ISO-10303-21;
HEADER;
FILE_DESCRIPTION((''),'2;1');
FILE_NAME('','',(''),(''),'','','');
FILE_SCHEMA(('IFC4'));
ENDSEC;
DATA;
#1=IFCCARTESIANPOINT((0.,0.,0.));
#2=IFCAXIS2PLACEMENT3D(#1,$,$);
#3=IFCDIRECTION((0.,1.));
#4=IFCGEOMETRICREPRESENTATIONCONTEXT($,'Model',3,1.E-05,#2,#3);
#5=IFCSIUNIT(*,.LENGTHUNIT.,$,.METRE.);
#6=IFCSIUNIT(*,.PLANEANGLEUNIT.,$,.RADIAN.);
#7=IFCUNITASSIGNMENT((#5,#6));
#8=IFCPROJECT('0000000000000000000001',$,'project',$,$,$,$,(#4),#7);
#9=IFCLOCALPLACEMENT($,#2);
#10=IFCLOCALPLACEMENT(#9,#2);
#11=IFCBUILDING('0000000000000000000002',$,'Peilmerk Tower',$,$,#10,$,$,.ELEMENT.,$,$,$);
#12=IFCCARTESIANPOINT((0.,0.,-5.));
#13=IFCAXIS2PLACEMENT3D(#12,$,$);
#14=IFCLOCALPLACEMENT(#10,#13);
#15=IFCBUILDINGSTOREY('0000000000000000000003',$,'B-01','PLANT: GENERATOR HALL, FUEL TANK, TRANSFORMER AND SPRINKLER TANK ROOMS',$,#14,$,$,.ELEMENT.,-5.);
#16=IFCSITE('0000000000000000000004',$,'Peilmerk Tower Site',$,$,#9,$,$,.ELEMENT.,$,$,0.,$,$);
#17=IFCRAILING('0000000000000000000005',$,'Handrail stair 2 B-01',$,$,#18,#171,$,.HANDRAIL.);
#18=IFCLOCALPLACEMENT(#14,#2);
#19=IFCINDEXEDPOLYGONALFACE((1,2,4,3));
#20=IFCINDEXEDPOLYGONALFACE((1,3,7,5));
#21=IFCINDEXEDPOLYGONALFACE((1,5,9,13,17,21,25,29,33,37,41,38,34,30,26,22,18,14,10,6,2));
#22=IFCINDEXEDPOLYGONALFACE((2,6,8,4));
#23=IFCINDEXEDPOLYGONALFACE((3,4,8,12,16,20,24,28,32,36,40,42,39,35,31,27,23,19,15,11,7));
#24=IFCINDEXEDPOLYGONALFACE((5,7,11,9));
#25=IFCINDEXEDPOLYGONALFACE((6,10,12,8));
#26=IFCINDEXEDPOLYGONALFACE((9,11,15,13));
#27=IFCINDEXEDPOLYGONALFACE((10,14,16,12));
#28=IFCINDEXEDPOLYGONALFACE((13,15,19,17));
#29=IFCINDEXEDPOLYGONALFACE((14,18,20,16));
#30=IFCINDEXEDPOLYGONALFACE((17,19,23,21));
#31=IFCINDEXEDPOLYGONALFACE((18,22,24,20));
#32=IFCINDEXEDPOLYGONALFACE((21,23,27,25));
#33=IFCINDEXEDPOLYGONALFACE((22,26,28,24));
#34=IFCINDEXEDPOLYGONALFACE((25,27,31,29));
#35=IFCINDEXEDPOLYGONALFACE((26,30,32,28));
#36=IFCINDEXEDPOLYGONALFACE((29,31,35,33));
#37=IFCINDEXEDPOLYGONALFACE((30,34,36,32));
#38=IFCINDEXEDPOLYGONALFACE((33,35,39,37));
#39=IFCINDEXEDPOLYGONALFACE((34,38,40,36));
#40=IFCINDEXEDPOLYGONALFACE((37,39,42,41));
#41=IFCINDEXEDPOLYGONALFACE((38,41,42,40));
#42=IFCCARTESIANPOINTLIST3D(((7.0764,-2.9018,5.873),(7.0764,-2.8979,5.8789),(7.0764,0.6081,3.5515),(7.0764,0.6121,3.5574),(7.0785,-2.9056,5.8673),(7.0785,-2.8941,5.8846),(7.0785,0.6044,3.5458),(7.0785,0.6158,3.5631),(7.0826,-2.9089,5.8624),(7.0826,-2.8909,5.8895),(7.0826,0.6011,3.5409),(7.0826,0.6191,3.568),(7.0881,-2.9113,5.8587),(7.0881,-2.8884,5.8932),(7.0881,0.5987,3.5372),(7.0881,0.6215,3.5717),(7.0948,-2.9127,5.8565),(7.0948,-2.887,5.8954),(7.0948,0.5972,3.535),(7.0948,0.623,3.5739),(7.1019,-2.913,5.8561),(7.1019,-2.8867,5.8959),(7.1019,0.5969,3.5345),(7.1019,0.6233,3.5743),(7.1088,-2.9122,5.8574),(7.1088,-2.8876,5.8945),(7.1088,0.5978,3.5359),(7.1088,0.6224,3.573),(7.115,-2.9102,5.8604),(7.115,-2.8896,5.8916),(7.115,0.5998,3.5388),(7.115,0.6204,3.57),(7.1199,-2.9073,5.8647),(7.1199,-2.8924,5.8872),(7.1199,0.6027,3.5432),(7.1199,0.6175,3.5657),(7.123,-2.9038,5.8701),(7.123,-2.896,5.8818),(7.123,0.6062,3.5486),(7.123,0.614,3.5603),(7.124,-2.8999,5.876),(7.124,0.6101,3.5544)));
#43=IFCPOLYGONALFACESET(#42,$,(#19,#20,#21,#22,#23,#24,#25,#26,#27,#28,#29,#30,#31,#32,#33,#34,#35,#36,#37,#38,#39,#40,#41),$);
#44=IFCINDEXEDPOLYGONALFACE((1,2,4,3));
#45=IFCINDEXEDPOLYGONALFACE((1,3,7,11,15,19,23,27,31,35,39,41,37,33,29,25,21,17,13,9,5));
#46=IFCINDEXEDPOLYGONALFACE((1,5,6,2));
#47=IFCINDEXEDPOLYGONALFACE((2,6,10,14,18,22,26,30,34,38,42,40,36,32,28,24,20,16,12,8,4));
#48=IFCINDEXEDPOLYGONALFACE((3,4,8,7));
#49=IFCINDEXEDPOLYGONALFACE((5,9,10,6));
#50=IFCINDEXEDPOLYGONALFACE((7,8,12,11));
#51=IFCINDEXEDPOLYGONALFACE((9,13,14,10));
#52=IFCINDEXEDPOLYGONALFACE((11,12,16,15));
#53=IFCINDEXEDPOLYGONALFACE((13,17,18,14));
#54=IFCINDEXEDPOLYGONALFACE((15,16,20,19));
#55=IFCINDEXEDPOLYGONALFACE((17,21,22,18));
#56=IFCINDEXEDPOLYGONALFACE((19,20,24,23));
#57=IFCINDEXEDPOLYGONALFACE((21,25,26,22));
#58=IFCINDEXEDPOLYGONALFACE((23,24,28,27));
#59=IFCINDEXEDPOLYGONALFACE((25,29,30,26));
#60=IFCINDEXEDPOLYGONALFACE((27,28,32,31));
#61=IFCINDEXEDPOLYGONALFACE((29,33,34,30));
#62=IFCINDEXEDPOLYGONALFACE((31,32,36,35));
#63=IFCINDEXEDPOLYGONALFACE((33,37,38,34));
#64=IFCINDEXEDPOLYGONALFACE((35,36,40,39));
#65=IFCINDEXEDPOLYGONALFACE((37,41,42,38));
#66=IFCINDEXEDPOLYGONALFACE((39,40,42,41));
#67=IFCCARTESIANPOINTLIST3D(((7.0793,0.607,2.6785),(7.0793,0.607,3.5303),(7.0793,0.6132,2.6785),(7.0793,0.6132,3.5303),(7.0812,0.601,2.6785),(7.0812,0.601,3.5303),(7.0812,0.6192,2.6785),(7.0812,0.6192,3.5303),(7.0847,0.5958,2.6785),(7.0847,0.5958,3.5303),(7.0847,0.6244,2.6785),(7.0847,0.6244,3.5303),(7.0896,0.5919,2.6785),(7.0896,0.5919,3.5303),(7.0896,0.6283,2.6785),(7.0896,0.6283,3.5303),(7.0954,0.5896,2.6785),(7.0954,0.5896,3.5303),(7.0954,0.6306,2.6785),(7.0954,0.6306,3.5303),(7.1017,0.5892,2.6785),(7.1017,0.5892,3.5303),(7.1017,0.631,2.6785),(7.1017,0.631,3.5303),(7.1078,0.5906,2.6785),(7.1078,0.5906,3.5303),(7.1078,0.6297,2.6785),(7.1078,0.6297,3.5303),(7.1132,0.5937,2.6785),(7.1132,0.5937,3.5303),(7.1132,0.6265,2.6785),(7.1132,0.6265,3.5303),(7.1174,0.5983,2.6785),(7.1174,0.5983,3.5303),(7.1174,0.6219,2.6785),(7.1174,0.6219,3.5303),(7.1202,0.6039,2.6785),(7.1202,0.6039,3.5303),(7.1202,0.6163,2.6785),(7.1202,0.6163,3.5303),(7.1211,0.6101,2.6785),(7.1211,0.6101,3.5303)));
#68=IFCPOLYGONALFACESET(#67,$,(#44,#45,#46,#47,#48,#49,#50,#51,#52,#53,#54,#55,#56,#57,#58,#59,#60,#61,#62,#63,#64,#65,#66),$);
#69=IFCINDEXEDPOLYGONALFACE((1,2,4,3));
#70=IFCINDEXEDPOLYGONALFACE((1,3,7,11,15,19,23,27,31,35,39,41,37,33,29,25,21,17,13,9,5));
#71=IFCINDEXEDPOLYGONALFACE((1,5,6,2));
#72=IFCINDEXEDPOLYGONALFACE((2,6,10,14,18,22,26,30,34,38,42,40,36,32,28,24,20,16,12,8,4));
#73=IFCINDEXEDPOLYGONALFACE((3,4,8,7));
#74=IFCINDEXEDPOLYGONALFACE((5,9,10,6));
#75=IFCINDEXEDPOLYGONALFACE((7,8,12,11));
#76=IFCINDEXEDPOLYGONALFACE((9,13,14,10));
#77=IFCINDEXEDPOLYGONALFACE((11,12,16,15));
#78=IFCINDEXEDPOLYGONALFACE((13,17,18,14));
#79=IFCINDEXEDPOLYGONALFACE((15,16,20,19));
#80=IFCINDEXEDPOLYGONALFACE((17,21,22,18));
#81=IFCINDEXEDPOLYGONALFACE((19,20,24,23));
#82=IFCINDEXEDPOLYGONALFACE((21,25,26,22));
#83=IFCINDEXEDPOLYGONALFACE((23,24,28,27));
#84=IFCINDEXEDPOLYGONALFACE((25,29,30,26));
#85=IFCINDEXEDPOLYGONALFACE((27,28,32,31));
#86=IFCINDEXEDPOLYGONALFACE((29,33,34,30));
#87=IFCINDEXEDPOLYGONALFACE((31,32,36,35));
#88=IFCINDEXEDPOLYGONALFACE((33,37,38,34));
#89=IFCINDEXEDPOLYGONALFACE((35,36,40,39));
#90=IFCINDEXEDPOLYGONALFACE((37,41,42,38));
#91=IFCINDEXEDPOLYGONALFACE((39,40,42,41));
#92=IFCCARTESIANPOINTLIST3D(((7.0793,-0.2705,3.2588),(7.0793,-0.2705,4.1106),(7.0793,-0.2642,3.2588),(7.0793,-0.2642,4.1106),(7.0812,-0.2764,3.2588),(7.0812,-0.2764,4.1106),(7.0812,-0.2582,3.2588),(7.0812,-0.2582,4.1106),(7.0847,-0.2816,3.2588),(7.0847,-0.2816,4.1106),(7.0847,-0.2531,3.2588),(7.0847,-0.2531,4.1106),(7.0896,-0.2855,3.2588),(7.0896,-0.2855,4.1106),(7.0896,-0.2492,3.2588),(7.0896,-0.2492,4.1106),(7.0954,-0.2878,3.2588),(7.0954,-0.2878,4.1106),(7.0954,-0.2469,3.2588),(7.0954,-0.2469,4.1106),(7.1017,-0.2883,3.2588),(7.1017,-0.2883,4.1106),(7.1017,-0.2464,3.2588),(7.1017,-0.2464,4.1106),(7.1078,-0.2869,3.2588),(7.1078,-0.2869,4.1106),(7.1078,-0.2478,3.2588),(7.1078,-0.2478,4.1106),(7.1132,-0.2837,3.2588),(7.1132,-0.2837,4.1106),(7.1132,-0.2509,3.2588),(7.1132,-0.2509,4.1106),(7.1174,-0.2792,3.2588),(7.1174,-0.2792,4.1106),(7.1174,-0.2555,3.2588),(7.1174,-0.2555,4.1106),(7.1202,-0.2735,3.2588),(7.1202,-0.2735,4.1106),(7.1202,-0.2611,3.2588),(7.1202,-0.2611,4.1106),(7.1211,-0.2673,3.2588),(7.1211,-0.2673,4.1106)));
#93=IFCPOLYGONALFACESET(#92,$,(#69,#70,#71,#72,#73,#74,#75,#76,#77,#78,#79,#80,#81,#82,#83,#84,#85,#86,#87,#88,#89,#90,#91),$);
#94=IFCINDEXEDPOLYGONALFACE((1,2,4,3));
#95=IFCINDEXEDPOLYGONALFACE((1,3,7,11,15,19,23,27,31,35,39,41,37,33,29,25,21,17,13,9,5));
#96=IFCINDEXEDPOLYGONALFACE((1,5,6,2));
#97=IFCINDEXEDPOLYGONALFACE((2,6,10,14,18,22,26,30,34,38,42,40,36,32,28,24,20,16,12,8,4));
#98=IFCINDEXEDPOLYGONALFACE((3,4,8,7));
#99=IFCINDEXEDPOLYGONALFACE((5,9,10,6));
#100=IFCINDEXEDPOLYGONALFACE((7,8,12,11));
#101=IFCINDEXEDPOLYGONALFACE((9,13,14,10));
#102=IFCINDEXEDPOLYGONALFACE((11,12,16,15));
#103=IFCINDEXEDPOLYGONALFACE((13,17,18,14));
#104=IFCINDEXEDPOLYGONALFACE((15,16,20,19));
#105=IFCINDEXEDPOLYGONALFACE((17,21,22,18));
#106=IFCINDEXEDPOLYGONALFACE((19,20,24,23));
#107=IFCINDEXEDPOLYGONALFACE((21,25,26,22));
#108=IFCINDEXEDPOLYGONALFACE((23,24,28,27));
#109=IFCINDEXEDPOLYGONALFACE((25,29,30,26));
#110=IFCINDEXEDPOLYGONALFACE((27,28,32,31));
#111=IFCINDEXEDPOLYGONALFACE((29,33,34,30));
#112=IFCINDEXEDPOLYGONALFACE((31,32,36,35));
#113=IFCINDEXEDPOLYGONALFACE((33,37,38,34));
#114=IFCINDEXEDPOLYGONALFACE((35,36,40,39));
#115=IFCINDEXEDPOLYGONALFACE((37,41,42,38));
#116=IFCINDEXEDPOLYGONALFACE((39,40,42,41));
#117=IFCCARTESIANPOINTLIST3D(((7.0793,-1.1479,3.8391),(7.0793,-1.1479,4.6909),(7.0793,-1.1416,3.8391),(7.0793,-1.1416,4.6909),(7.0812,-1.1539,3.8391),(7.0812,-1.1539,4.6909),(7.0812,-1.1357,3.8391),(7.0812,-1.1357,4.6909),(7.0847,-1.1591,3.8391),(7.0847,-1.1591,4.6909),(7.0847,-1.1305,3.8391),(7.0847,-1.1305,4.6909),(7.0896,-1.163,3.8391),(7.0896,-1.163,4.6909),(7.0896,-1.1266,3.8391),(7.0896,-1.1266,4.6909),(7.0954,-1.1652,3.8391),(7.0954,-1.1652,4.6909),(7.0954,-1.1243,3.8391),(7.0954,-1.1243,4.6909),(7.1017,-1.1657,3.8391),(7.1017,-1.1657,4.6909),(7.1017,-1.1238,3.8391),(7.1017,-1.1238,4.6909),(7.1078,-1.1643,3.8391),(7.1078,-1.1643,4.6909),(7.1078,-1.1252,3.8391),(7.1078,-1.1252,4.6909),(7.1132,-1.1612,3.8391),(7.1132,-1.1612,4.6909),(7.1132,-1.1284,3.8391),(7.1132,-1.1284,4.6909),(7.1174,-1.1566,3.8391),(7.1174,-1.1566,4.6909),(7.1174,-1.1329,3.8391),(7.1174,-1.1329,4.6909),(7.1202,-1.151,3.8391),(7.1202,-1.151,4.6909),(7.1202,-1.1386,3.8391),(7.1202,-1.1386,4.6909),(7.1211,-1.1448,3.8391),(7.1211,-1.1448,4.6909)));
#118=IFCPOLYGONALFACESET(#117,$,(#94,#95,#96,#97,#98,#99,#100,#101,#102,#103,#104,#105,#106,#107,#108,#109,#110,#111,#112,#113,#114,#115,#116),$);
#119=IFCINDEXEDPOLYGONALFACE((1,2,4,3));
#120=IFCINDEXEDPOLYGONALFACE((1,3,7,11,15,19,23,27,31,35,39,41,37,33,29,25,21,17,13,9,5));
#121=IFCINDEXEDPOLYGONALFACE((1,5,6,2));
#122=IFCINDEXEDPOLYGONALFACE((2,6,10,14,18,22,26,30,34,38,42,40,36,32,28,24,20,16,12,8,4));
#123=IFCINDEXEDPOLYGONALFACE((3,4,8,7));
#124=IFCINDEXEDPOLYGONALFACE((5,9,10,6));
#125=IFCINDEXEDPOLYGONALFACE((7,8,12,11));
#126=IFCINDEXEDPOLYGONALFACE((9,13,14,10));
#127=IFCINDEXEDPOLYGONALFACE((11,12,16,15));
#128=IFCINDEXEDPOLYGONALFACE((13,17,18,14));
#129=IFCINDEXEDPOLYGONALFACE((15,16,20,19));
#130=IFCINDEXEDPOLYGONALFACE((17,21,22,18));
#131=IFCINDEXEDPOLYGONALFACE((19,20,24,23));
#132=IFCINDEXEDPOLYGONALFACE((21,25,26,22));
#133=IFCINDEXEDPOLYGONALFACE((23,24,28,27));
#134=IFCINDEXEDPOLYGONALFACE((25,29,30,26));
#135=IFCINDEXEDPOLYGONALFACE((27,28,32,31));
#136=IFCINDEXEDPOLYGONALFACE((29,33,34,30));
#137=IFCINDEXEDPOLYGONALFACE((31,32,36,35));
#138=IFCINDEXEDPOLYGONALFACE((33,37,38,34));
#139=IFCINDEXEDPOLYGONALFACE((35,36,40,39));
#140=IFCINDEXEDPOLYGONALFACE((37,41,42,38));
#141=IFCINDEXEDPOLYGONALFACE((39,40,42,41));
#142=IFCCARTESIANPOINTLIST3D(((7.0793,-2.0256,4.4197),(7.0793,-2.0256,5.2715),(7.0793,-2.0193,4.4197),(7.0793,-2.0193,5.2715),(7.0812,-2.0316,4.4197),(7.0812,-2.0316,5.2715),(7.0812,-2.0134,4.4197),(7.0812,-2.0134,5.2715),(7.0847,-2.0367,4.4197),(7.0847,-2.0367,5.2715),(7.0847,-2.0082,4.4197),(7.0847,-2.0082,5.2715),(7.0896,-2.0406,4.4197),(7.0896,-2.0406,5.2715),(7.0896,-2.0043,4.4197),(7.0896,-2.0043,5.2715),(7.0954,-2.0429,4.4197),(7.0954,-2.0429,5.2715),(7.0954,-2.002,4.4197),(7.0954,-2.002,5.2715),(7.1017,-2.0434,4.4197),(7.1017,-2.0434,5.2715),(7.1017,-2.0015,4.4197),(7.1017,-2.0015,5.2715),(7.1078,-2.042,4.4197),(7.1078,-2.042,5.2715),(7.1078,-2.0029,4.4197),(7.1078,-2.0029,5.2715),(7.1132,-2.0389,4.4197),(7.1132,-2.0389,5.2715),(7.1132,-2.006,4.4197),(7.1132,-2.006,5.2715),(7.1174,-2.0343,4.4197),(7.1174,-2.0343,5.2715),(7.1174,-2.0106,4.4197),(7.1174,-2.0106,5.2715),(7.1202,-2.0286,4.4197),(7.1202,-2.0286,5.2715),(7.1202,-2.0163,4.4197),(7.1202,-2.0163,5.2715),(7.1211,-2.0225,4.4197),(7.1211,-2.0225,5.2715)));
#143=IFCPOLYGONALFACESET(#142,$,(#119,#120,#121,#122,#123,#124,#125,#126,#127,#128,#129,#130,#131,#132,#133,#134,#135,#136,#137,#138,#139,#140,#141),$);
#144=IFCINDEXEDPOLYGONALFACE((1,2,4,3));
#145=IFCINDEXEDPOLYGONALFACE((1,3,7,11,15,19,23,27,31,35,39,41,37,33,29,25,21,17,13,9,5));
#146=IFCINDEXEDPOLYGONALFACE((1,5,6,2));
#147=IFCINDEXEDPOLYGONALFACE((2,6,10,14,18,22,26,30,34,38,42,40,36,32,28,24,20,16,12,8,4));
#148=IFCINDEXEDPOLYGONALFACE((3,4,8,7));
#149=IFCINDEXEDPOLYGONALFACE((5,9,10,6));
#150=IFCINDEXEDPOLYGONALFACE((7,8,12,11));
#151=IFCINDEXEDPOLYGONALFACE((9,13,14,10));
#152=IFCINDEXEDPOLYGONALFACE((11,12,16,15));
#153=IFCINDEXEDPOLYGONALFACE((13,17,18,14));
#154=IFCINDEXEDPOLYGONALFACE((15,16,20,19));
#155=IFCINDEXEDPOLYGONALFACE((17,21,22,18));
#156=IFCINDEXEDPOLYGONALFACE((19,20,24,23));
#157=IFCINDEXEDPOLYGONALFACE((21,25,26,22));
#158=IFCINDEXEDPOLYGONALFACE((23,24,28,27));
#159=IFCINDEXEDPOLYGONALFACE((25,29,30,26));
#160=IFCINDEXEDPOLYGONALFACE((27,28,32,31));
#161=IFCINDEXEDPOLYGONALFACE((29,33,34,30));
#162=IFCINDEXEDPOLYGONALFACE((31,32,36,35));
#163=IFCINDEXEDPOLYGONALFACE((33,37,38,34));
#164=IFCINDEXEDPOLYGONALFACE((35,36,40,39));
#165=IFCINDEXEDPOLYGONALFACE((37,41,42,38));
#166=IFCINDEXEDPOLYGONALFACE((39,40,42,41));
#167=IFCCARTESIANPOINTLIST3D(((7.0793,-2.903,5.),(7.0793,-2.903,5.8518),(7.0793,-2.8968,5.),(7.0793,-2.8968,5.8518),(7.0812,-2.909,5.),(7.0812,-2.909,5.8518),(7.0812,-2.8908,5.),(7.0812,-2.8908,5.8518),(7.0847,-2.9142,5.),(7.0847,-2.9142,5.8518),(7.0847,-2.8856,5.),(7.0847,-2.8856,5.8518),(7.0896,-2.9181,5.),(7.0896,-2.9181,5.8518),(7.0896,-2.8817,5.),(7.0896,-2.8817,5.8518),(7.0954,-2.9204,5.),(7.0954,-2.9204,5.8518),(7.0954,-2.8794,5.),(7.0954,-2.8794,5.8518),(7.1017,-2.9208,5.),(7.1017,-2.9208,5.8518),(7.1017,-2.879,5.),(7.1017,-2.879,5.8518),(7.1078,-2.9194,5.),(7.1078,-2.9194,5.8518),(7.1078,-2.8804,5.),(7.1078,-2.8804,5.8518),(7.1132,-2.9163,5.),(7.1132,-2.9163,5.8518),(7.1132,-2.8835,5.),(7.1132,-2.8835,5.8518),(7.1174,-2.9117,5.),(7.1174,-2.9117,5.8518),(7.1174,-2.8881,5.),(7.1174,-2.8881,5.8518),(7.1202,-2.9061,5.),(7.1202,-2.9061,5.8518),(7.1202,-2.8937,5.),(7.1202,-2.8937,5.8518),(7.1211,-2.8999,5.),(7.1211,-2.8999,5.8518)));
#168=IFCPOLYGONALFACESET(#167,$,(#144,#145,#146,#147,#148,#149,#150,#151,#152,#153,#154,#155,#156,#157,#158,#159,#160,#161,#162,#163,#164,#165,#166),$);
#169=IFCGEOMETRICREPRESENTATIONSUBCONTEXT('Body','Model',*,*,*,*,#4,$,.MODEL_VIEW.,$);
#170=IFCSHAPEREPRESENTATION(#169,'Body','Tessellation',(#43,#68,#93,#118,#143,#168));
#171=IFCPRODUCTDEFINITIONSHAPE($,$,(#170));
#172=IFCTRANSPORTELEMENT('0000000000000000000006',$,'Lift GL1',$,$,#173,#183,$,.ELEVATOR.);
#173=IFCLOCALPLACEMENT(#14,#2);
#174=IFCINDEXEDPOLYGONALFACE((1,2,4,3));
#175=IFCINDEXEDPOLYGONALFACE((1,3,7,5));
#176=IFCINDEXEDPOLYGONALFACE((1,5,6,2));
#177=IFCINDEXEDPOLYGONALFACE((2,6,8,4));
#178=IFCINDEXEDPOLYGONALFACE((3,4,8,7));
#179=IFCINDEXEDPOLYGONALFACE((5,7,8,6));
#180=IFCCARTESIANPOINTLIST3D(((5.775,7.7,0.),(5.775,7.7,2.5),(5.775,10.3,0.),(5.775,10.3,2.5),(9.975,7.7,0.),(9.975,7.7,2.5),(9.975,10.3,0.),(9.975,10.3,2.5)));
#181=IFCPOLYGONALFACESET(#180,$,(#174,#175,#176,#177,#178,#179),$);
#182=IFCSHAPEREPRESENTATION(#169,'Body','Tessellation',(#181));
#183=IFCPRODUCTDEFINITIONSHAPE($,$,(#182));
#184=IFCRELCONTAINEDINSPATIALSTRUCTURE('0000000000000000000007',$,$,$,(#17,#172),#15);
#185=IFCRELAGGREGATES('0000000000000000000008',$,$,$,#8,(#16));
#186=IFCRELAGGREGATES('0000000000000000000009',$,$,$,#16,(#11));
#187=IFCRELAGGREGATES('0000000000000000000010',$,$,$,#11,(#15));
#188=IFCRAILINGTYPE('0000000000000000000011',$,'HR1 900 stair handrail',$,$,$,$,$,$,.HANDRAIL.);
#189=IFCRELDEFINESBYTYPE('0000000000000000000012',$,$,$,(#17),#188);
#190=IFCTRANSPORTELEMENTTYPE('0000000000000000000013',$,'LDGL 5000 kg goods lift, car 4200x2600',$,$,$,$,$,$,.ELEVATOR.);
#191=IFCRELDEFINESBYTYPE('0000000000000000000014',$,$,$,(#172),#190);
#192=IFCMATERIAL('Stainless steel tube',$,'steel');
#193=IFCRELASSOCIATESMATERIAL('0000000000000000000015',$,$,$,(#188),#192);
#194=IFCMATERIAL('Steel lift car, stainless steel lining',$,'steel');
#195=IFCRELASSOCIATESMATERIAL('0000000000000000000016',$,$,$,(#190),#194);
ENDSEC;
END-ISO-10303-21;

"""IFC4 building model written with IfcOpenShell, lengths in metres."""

from ifc_helpers import new_model, si_unit, direction, frame, origin, origin_with_axes, origin_2d, place, context, subcontext, project, spatial, rectangle, circle, extrude, material, type_object, element, save


model = new_model("IFC4")

# Units and contexts
model_context = context("Model", 3, precision=1e-05, world=origin(), true_north=direction((0.0, 1.0)))
body_context = subcontext(model_context, "Body", "Model", "MODEL_VIEW")
ifc_project = project(units=[si_unit("LENGTHUNIT", "METRE"), si_unit("PLANEANGLEUNIT", "RADIAN")], contexts=[model_context])

# Site, building, storey
site_placement = place(None, origin())
site = spatial("IfcSite", under=ifc_project, at=site_placement, Name="Peilmerk Tower Site", CompositionType="ELEMENT", RefElevation=0.0)
building_placement = place(site_placement, origin())
building = spatial("IfcBuilding", under=site, at=building_placement, Name="Peilmerk Tower", CompositionType="ELEMENT")
storey_placement = place(building_placement, frame((0.0, 0.0, -5.0)))
storey = spatial("IfcBuildingStorey", under=building, at=storey_placement, Name="B-01", Description="PLANT: GENERATOR HALL, FUEL TANK, TRANSFORMER AND SPRINKLER TANK ROOMS", CompositionType="ELEMENT", Elevation=-5.0)

# Railing
ifc_material_1 = material(Name="Stainless steel tube", Category="steel")
railing_type_1 = type_object("IfcRailingType", Name="HR1 900 stair handrail", PredefinedType="HANDRAIL", material=ifc_material_1)
railing_1_placement = place(storey_placement, frame((7.1001, 0.6101, 2.6785)))
element("IfcRailing", 1, at=railing_1_placement, inside=storey, type_object=railing_type_1, Name="Handrail stair 2 B-01", PredefinedType="HANDRAIL", context=body_context, shape_type="SweptSolid", body=[
    extrude(circle(Radius=0.0239, at=origin_2d()), frame((0.0, 0.0, 0.876), z_axis=(0.0, -0.834071, 0.551657), x_axis=(1.0, 0.0, 0.0)), (0.0, 0.0, 1.0), 4.2083),
    extrude(circle(Radius=0.021, at=origin_2d()), origin(), (0.0, 0.0, 1.0), 0.8518),
    extrude(circle(Radius=0.021, at=origin_2d()), frame((0.0, -0.8774, 0.5803)), (0.0, 0.0, 1.0), 0.8518),
    extrude(circle(Radius=0.021, at=origin_2d()), frame((0.0, -1.7549, 1.1606)), (0.0, 0.0, 1.0), 0.8518),
    extrude(circle(Radius=0.021, at=origin_2d()), frame((0.0, -2.6326, 1.7412)), (0.0, 0.0, 1.0), 0.8518),
    extrude(circle(Radius=0.021, at=origin_2d()), frame((0.0, -3.51, 2.3215)), (0.0, 0.0, 1.0), 0.8518),
])

# Transport element
ifc_material_2 = material(Name="Steel lift car, stainless steel lining", Category="steel")
transport_element_type = type_object("IfcTransportElementType", Name="LDGL 5000 kg goods lift, car 4200x2600", PredefinedType="ELEVATOR", material=ifc_material_2)
transport_element_placement = place(storey_placement, frame((7.875, 9.0, 0.0), z_axis=(0.0, 0.0, 1.0), x_axis=(1.0, 0.0, 0.0)))
element("IfcTransportElement", 2, at=transport_element_placement, inside=storey, type_object=transport_element_type, Name="Lift GL1", PredefinedType="ELEVATOR", context=body_context, shape_type="SweptSolid", body=[
    extrude(rectangle(XDim=4.2, YDim=2.6001, at=origin_2d()), origin_with_axes(), (0.0, 0.0, 1.0), 2.5),
])

save(model, "model.ifc")
